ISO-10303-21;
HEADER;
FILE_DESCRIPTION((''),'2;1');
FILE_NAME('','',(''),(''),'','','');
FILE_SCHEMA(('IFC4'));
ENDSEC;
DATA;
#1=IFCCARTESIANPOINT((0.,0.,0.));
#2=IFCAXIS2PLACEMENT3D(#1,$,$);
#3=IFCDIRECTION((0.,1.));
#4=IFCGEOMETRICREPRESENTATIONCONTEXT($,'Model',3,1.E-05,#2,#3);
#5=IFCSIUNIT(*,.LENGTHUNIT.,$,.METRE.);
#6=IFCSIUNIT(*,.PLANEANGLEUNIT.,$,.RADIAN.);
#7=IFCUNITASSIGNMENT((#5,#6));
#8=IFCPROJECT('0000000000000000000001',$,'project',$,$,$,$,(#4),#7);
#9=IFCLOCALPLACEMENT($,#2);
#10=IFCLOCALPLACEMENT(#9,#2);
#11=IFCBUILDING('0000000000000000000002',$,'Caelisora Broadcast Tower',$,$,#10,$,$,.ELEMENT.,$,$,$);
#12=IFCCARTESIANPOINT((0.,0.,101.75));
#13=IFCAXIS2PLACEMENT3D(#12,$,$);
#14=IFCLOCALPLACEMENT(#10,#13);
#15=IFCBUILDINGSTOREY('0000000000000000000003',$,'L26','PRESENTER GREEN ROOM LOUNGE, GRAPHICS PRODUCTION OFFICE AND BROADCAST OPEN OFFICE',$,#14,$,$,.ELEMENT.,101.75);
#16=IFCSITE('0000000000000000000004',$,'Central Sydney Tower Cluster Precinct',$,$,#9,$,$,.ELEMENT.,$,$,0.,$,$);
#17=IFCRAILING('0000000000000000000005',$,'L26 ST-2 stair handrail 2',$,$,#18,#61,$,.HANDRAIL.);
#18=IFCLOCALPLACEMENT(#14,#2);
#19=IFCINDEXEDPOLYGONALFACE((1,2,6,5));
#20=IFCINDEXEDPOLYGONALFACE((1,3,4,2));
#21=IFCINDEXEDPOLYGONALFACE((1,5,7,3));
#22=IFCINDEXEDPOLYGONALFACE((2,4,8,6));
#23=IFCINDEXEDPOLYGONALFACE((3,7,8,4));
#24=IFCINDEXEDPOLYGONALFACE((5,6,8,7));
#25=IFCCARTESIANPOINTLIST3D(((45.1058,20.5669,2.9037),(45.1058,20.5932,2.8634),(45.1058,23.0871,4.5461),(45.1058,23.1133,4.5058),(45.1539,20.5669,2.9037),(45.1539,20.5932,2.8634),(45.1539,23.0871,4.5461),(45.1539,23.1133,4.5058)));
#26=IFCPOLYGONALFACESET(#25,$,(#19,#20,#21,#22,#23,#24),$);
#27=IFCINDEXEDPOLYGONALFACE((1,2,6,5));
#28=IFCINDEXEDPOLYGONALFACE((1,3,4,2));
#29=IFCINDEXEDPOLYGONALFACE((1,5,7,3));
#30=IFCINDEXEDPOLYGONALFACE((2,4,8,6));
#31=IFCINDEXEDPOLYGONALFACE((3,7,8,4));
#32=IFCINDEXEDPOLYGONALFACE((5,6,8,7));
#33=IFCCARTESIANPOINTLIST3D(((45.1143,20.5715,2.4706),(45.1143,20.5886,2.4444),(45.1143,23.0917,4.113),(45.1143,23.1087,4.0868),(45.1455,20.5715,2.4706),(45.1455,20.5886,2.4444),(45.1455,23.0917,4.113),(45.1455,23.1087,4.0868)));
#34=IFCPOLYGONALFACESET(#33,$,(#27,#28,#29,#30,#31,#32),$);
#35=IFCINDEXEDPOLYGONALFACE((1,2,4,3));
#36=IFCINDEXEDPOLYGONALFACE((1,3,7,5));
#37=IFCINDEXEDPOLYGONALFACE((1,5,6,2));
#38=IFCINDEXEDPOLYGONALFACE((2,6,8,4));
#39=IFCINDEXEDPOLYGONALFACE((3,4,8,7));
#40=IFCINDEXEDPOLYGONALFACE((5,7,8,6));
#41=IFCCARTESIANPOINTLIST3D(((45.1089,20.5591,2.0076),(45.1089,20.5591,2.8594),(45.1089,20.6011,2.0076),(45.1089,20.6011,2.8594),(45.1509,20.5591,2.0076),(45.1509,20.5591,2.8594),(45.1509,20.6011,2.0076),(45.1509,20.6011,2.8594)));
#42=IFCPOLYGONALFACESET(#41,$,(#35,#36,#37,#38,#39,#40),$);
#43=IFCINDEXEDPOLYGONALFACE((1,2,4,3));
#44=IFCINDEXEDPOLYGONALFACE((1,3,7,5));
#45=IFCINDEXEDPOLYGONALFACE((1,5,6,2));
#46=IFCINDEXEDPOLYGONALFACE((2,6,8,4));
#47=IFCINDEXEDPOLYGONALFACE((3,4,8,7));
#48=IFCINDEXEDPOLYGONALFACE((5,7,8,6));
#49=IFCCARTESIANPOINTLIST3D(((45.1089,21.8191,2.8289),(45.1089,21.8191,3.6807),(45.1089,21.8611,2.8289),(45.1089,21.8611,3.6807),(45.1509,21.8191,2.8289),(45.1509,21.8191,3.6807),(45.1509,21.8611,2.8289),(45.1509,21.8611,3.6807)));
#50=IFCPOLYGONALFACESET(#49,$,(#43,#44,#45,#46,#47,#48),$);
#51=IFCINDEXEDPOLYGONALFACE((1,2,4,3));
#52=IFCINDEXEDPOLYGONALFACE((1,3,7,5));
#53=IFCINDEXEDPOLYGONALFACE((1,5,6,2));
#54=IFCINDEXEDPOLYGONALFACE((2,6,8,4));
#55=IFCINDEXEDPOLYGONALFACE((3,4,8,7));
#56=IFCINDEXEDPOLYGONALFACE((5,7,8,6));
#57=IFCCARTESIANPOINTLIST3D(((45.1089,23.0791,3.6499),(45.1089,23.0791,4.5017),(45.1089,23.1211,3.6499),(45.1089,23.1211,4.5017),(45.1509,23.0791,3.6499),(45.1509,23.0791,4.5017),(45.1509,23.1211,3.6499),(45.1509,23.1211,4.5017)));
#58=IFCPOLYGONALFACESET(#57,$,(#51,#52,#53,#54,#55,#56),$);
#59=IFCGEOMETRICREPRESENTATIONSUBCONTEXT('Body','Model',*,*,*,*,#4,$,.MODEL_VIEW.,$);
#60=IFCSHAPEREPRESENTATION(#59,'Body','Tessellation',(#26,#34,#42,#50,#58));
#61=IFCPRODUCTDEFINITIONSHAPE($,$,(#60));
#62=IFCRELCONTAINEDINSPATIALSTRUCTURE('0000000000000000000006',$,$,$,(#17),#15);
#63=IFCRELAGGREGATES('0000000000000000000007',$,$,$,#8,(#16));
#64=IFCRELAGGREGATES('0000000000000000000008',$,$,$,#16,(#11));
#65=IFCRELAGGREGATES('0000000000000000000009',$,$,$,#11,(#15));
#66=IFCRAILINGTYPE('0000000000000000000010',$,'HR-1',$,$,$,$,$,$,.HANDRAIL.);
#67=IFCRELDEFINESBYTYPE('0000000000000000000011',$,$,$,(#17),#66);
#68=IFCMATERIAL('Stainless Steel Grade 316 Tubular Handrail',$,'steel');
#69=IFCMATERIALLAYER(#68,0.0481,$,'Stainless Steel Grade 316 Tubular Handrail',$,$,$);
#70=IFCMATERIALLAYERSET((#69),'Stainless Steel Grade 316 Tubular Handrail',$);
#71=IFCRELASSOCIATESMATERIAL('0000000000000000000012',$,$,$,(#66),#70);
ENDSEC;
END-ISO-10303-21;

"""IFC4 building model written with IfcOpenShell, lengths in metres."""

from ifc_helpers import new_model, si_unit, direction, frame, origin, origin_2d, place, context, subcontext, project, spatial, rectangle, extrude, material, layer, layer_set, type_object, element, save


model = new_model("IFC4")

# Units and contexts
model_context = context("Model", 3, precision=1e-05, world=origin(), true_north=direction((0.0, 1.0)))
body_context = subcontext(model_context, "Body", "Model", "MODEL_VIEW")
ifc_project = project(units=[si_unit("LENGTHUNIT", "METRE"), si_unit("PLANEANGLEUNIT", "RADIAN")], contexts=[model_context])

# Site, building, storey
site_placement = place(None, origin())
site = spatial("IfcSite", under=ifc_project, at=site_placement, Name="Central Sydney Tower Cluster Precinct", CompositionType="ELEMENT", RefElevation=0.0)
building_placement = place(site_placement, origin())
building = spatial("IfcBuilding", under=site, at=building_placement, Name="Caelisora Broadcast Tower", CompositionType="ELEMENT")
storey_placement = place(building_placement, frame((0.0, 0.0, 101.75)))
storey = spatial("IfcBuildingStorey", under=building, at=storey_placement, Name="L26", Description="PRESENTER GREEN ROOM LOUNGE, GRAPHICS PRODUCTION OFFICE AND BROADCAST OPEN OFFICE", CompositionType="ELEMENT", Elevation=101.75)

# Railing
ifc_material_1 = material(Name="Stainless Steel Grade 316 Tubular Handrail", Category="steel")
ifc_layer_1 = layer(ifc_material_1, 0.0481, Name="Stainless Steel Grade 316 Tubular Handrail")
ifc_layer_set_1 = layer_set([ifc_layer_1], Name="Stainless Steel Grade 316 Tubular Handrail")
railing_type_1 = type_object("IfcRailingType", Name="HR-1", PredefinedType="HANDRAIL", material=ifc_layer_set_1)
railing_1_placement = place(storey_placement, frame((45.1299, 20.5801, 2.0076)))
element("IfcRailing", 1, at=railing_1_placement, inside=storey, type_object=railing_type_1, Name="L26 ST-2 stair handrail 2", PredefinedType="HANDRAIL", context=body_context, shape_type="SweptSolid", body=[
    extrude(rectangle(XDim=0.0481, YDim=0.0481, at=origin_2d()), frame((0.0, 0.0, 0.876), z_axis=(0.0, 0.837787, 0.545998), x_axis=(-1.0, 0.0, 0.0)), (0.0, 0.0, 1.0), 3.0081),
    extrude(rectangle(XDim=0.0312, YDim=0.0312, at=origin_2d()), frame((0.0, 0.0, 0.45), z_axis=(0.0, 0.837787, 0.545998), x_axis=(-1.0, 0.0, 0.0)), (0.0, 0.0, 1.0), 3.0081),
    extrude(rectangle(XDim=0.042, YDim=0.042, at=origin_2d()), origin(), (0.0, 0.0, 1.0), 0.8518),
    extrude(rectangle(XDim=0.042, YDim=0.042, at=origin_2d()), frame((0.0, 1.26, 0.8213)), (0.0, 0.0, 1.0), 0.8518),
    extrude(rectangle(XDim=0.042, YDim=0.042, at=origin_2d()), frame((0.0, 2.52, 1.6423)), (0.0, 0.0, 1.0), 0.8518),
])

save(model, "model.ifc")
